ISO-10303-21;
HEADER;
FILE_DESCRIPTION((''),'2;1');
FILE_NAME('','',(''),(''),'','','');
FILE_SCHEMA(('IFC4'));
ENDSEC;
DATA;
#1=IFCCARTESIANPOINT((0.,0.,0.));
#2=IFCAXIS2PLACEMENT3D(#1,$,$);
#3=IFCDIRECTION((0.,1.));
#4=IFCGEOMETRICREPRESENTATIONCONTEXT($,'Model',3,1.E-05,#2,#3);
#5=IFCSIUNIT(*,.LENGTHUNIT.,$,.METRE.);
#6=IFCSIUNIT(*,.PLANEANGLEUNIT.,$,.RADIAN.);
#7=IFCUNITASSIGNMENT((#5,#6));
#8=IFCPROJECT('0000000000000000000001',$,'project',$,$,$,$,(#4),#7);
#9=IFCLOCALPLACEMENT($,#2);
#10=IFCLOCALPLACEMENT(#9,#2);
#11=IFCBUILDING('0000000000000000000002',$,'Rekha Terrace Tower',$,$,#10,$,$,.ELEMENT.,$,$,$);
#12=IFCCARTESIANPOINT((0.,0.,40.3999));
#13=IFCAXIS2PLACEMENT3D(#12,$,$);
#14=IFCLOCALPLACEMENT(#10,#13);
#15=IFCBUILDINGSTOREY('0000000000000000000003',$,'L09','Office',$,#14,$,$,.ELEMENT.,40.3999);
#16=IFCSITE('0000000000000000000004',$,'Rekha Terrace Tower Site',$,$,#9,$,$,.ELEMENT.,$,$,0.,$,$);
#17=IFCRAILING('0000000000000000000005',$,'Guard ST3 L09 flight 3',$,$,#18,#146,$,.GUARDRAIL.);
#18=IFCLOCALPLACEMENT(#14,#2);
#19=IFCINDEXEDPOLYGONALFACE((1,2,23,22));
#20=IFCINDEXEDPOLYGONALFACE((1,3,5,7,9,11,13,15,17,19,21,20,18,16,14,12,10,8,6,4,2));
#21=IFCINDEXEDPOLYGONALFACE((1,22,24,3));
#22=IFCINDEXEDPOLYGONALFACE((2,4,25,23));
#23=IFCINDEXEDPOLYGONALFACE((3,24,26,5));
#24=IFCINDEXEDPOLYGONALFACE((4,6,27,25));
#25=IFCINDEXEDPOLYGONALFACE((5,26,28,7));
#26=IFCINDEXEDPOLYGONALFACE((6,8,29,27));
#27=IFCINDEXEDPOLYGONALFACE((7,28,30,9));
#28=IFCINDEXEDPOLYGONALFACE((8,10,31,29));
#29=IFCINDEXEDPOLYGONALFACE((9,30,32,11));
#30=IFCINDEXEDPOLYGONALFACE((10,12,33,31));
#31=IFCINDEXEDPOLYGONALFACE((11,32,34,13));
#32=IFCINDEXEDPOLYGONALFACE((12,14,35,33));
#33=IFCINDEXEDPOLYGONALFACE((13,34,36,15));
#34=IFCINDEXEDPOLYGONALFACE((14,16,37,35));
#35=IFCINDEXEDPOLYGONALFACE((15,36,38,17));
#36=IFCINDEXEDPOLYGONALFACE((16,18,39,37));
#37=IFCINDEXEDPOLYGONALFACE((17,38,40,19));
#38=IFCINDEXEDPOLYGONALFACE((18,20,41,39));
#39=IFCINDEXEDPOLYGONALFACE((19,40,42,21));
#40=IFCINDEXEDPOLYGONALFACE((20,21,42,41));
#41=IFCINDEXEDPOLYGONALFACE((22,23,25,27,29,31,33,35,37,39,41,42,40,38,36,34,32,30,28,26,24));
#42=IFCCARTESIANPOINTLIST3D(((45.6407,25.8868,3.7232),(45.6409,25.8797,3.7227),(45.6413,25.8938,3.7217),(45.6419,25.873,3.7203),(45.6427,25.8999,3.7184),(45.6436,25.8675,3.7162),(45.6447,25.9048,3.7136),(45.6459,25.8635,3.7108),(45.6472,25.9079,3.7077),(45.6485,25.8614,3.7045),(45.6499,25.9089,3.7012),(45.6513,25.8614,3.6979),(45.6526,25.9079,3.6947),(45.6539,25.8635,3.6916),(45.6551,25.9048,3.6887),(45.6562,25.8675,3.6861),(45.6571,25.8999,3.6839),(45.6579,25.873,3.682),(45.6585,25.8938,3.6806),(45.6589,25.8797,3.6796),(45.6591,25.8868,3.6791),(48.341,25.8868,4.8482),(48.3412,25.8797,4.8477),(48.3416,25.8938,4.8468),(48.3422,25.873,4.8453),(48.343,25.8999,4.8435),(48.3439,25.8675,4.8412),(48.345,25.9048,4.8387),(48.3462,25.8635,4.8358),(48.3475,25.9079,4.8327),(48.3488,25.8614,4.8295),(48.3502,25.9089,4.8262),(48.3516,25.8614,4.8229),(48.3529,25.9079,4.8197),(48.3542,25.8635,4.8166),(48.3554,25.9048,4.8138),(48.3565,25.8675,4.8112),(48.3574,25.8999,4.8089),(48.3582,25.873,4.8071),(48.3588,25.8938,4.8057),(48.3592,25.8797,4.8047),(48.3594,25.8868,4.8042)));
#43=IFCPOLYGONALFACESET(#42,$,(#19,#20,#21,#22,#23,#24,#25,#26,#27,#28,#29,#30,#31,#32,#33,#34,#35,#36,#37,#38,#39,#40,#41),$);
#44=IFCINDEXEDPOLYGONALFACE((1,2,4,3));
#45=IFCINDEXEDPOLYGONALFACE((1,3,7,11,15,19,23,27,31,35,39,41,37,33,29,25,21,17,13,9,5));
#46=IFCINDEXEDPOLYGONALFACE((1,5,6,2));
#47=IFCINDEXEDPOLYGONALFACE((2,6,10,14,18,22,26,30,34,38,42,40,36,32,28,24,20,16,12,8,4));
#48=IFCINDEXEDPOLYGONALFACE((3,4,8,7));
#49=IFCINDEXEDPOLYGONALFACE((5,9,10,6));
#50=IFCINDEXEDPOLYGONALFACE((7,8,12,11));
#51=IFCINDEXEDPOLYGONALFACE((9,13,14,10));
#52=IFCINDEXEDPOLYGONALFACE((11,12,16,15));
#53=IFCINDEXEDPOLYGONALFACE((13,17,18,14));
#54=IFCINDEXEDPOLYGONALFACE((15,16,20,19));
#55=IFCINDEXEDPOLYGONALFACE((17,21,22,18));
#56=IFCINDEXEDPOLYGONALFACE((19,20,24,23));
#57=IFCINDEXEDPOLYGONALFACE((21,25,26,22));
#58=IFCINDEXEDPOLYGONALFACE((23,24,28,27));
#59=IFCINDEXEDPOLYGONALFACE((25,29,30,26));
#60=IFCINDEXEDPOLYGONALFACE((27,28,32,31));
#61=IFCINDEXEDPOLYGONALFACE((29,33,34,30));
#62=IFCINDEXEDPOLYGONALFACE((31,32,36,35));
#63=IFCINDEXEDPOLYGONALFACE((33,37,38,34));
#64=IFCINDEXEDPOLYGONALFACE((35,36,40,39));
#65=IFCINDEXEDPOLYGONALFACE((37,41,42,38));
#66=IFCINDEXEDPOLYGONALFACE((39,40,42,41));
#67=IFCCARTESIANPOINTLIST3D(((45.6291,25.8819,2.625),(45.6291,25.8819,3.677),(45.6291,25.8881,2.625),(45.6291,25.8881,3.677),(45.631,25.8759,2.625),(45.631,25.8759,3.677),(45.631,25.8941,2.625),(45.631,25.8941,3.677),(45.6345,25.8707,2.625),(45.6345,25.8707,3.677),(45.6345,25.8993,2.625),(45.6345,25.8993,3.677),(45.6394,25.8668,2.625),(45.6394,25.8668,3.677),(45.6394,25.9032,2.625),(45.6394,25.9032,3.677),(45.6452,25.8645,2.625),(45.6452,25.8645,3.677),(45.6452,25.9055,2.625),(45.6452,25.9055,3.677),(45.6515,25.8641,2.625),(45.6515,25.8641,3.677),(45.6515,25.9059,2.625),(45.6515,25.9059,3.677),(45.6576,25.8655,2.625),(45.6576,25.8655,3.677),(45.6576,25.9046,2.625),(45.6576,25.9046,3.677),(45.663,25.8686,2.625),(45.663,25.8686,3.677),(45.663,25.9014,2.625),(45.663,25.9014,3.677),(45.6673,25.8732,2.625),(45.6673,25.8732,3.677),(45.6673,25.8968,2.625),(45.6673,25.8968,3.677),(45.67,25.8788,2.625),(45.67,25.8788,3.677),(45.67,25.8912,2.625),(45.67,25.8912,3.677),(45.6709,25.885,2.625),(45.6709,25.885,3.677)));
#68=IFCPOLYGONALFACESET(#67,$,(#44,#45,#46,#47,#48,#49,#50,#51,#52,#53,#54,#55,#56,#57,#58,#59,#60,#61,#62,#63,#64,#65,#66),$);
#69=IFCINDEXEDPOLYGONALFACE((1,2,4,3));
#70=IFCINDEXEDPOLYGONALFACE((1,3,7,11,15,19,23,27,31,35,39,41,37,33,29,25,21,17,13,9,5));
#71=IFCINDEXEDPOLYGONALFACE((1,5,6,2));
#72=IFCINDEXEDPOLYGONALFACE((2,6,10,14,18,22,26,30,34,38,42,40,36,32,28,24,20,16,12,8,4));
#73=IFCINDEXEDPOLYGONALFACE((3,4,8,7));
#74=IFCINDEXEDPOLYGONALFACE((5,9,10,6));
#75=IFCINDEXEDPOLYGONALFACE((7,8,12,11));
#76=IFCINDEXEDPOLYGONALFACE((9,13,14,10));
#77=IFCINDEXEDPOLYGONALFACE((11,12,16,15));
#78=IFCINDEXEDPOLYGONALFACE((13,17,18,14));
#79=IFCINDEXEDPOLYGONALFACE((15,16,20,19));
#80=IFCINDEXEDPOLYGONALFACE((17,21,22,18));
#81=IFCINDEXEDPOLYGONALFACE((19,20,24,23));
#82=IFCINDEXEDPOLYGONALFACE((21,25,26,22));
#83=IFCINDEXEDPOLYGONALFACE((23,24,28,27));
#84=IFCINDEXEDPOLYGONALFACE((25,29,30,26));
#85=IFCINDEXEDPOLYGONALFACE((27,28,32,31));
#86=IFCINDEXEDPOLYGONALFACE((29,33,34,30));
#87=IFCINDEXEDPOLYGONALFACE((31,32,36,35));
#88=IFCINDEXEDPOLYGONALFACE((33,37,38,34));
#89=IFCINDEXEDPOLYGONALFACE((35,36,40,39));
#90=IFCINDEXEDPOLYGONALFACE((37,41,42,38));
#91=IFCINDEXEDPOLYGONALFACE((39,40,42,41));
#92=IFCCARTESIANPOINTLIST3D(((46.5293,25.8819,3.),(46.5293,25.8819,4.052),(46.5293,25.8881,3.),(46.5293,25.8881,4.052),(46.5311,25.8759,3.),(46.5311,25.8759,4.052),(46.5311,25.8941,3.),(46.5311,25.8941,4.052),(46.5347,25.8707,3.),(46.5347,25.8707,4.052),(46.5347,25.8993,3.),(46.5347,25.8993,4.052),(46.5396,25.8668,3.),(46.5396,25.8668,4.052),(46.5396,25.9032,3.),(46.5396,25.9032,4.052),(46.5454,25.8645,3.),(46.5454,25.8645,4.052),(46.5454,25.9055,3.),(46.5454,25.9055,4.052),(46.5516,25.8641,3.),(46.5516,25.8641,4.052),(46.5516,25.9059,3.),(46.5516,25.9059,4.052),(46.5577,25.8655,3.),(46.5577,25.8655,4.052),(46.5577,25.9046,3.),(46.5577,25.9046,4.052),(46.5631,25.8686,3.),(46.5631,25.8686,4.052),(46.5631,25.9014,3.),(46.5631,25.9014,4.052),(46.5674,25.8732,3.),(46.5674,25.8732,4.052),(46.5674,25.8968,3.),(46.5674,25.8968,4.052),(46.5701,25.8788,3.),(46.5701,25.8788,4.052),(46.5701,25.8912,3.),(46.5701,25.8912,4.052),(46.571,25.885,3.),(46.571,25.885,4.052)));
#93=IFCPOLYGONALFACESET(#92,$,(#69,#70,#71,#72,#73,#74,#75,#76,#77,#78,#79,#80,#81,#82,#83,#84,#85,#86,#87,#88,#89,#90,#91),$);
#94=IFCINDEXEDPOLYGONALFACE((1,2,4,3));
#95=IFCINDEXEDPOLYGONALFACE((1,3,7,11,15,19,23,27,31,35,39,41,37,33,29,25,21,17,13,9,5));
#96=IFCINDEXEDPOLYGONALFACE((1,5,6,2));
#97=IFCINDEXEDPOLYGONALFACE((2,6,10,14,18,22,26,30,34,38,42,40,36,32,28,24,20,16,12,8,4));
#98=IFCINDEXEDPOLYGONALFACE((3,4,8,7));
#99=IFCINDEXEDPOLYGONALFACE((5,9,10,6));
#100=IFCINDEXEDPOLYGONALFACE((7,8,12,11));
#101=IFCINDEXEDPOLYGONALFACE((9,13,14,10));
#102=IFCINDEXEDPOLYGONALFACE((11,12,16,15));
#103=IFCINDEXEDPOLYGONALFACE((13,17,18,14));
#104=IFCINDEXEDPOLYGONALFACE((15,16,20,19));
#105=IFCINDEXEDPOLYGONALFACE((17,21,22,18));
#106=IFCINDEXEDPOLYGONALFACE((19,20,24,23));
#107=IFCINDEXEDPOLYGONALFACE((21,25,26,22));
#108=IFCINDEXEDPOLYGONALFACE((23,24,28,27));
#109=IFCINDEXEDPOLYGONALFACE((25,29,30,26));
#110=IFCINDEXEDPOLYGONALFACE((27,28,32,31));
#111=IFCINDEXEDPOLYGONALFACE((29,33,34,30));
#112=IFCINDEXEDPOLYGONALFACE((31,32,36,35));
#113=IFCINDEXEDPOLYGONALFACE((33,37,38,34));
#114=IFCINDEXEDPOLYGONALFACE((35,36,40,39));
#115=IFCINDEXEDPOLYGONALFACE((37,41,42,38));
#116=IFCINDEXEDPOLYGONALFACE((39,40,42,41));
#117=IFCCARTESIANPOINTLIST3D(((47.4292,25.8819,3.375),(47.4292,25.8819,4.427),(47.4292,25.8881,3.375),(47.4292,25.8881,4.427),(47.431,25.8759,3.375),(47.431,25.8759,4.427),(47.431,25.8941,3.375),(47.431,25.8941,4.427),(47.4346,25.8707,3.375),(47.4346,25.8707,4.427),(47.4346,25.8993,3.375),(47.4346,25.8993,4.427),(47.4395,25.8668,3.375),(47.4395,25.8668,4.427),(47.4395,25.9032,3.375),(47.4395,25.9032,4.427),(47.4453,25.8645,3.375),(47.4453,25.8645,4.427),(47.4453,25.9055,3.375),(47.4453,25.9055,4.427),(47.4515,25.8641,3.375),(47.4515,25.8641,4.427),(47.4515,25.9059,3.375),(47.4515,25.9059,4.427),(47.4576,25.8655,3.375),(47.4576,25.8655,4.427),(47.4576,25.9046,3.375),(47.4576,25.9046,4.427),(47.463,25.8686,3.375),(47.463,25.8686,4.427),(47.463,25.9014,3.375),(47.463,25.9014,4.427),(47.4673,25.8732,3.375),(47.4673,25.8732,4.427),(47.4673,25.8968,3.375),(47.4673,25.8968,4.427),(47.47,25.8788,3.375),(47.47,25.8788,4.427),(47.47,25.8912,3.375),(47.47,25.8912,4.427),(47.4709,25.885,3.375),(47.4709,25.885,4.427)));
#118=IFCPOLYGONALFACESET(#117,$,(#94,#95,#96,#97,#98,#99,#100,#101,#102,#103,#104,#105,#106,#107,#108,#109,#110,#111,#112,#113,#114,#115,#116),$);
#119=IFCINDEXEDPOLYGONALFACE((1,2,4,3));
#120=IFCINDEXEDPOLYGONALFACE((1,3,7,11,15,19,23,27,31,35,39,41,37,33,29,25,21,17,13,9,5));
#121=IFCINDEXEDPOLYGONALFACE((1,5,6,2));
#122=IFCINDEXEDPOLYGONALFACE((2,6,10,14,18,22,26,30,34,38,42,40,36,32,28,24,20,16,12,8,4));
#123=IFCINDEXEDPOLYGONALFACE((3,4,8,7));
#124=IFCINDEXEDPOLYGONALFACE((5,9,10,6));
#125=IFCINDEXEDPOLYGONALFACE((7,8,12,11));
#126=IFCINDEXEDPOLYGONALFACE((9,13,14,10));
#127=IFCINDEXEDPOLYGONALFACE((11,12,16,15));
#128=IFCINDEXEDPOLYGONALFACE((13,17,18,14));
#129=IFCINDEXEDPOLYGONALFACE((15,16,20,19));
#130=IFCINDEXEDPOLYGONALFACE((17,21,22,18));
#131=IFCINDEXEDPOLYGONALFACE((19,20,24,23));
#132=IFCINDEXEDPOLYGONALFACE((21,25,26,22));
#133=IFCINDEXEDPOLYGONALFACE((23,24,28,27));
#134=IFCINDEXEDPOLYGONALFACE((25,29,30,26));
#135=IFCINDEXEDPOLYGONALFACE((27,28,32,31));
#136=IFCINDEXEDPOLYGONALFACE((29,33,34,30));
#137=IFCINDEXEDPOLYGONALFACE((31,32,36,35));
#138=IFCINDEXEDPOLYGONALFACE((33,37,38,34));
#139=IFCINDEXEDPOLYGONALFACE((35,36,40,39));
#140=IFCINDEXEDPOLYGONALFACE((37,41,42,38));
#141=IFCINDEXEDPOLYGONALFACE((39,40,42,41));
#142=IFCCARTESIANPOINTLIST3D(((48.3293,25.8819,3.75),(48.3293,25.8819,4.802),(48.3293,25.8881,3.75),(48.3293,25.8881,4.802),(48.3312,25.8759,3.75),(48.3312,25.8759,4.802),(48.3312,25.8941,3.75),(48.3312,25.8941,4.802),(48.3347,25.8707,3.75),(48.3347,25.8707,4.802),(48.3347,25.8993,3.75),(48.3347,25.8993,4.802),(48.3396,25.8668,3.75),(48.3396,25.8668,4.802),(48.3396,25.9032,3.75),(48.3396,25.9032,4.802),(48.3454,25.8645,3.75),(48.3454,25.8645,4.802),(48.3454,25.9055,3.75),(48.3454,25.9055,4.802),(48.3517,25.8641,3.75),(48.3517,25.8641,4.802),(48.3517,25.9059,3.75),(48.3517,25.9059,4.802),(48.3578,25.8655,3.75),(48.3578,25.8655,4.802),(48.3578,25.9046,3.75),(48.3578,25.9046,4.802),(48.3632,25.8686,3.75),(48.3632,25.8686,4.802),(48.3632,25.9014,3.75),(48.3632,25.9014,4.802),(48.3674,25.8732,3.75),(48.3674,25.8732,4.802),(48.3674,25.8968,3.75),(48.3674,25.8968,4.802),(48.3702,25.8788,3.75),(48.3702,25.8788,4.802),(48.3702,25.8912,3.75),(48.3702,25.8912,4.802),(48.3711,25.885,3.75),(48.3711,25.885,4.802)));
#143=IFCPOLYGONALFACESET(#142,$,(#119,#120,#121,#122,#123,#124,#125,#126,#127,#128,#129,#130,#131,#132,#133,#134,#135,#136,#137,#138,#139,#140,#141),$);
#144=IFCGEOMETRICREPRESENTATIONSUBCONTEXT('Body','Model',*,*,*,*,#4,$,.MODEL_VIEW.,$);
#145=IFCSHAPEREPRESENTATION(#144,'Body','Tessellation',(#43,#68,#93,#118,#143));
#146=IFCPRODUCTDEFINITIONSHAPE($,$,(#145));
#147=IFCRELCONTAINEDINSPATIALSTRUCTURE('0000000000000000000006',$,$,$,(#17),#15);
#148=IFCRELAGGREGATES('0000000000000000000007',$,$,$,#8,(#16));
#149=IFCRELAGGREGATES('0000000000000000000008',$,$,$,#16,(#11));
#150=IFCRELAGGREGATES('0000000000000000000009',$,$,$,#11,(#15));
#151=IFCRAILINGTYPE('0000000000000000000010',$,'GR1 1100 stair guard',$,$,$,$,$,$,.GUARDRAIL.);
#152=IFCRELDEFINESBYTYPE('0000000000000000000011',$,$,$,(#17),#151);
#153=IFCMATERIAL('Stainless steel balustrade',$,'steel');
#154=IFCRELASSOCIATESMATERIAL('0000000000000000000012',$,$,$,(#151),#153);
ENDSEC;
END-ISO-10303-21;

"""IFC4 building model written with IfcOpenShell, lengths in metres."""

from ifc_helpers import new_model, si_unit, direction, frame, origin, origin_2d, place, context, subcontext, project, spatial, circle, extrude, material, type_object, element, save


model = new_model("IFC4")

# Units and contexts
model_context = context("Model", 3, precision=1e-05, world=origin(), true_north=direction((0.0, 1.0)))
body_context = subcontext(model_context, "Body", "Model", "MODEL_VIEW")
ifc_project = project(units=[si_unit("LENGTHUNIT", "METRE"), si_unit("PLANEANGLEUNIT", "RADIAN")], contexts=[model_context])

# Site, building, storey
site_placement = place(None, origin())
site = spatial("IfcSite", under=ifc_project, at=site_placement, Name="Rekha Terrace Tower Site", CompositionType="ELEMENT", RefElevation=0.0)
building_placement = place(site_placement, origin())
building = spatial("IfcBuilding", under=site, at=building_placement, Name="Rekha Terrace Tower", CompositionType="ELEMENT")
storey_placement = place(building_placement, frame((0.0, 0.0, 40.3999)))
storey = spatial("IfcBuildingStorey", under=building, at=storey_placement, Name="L09", Description="Office", CompositionType="ELEMENT", Elevation=40.3999)

# Railing
ifc_material_1 = material(Name="Stainless steel balustrade", Category="steel")
railing_type_1 = type_object("IfcRailingType", Name="GR1 1100 stair guard", PredefinedType="GUARDRAIL", material=ifc_material_1)
railing_1_placement = place(storey_placement, frame((45.6499, 25.885, 2.625)))
element("IfcRailing", 1, at=railing_1_placement, inside=storey, type_object=railing_type_1, Name="Guard ST3 L09 flight 3", PredefinedType="GUARDRAIL", context=body_context, shape_type="SweptSolid", body=[
    extrude(circle(Radius=0.0239, at=origin_2d()), frame((0.0, 0.0, 1.0762), z_axis=(0.923087, 0.0, 0.384592), x_axis=(0.0, 1.0, 0.0)), (0.0, 0.0, 1.0), 2.9253),
    extrude(circle(Radius=0.021, at=origin_2d()), origin(), (0.0, 0.0, 1.0), 1.052),
    extrude(circle(Radius=0.021, at=origin_2d()), frame((0.9001, 0.0, 0.375)), (0.0, 0.0, 1.0), 1.052),
    extrude(circle(Radius=0.021, at=origin_2d()), frame((1.8, 0.0, 0.75)), (0.0, 0.0, 1.0), 1.052),
    extrude(circle(Radius=0.021, at=origin_2d()), frame((2.7002, 0.0, 1.125)), (0.0, 0.0, 1.0), 1.052),
])

save(model, "model.ifc")
